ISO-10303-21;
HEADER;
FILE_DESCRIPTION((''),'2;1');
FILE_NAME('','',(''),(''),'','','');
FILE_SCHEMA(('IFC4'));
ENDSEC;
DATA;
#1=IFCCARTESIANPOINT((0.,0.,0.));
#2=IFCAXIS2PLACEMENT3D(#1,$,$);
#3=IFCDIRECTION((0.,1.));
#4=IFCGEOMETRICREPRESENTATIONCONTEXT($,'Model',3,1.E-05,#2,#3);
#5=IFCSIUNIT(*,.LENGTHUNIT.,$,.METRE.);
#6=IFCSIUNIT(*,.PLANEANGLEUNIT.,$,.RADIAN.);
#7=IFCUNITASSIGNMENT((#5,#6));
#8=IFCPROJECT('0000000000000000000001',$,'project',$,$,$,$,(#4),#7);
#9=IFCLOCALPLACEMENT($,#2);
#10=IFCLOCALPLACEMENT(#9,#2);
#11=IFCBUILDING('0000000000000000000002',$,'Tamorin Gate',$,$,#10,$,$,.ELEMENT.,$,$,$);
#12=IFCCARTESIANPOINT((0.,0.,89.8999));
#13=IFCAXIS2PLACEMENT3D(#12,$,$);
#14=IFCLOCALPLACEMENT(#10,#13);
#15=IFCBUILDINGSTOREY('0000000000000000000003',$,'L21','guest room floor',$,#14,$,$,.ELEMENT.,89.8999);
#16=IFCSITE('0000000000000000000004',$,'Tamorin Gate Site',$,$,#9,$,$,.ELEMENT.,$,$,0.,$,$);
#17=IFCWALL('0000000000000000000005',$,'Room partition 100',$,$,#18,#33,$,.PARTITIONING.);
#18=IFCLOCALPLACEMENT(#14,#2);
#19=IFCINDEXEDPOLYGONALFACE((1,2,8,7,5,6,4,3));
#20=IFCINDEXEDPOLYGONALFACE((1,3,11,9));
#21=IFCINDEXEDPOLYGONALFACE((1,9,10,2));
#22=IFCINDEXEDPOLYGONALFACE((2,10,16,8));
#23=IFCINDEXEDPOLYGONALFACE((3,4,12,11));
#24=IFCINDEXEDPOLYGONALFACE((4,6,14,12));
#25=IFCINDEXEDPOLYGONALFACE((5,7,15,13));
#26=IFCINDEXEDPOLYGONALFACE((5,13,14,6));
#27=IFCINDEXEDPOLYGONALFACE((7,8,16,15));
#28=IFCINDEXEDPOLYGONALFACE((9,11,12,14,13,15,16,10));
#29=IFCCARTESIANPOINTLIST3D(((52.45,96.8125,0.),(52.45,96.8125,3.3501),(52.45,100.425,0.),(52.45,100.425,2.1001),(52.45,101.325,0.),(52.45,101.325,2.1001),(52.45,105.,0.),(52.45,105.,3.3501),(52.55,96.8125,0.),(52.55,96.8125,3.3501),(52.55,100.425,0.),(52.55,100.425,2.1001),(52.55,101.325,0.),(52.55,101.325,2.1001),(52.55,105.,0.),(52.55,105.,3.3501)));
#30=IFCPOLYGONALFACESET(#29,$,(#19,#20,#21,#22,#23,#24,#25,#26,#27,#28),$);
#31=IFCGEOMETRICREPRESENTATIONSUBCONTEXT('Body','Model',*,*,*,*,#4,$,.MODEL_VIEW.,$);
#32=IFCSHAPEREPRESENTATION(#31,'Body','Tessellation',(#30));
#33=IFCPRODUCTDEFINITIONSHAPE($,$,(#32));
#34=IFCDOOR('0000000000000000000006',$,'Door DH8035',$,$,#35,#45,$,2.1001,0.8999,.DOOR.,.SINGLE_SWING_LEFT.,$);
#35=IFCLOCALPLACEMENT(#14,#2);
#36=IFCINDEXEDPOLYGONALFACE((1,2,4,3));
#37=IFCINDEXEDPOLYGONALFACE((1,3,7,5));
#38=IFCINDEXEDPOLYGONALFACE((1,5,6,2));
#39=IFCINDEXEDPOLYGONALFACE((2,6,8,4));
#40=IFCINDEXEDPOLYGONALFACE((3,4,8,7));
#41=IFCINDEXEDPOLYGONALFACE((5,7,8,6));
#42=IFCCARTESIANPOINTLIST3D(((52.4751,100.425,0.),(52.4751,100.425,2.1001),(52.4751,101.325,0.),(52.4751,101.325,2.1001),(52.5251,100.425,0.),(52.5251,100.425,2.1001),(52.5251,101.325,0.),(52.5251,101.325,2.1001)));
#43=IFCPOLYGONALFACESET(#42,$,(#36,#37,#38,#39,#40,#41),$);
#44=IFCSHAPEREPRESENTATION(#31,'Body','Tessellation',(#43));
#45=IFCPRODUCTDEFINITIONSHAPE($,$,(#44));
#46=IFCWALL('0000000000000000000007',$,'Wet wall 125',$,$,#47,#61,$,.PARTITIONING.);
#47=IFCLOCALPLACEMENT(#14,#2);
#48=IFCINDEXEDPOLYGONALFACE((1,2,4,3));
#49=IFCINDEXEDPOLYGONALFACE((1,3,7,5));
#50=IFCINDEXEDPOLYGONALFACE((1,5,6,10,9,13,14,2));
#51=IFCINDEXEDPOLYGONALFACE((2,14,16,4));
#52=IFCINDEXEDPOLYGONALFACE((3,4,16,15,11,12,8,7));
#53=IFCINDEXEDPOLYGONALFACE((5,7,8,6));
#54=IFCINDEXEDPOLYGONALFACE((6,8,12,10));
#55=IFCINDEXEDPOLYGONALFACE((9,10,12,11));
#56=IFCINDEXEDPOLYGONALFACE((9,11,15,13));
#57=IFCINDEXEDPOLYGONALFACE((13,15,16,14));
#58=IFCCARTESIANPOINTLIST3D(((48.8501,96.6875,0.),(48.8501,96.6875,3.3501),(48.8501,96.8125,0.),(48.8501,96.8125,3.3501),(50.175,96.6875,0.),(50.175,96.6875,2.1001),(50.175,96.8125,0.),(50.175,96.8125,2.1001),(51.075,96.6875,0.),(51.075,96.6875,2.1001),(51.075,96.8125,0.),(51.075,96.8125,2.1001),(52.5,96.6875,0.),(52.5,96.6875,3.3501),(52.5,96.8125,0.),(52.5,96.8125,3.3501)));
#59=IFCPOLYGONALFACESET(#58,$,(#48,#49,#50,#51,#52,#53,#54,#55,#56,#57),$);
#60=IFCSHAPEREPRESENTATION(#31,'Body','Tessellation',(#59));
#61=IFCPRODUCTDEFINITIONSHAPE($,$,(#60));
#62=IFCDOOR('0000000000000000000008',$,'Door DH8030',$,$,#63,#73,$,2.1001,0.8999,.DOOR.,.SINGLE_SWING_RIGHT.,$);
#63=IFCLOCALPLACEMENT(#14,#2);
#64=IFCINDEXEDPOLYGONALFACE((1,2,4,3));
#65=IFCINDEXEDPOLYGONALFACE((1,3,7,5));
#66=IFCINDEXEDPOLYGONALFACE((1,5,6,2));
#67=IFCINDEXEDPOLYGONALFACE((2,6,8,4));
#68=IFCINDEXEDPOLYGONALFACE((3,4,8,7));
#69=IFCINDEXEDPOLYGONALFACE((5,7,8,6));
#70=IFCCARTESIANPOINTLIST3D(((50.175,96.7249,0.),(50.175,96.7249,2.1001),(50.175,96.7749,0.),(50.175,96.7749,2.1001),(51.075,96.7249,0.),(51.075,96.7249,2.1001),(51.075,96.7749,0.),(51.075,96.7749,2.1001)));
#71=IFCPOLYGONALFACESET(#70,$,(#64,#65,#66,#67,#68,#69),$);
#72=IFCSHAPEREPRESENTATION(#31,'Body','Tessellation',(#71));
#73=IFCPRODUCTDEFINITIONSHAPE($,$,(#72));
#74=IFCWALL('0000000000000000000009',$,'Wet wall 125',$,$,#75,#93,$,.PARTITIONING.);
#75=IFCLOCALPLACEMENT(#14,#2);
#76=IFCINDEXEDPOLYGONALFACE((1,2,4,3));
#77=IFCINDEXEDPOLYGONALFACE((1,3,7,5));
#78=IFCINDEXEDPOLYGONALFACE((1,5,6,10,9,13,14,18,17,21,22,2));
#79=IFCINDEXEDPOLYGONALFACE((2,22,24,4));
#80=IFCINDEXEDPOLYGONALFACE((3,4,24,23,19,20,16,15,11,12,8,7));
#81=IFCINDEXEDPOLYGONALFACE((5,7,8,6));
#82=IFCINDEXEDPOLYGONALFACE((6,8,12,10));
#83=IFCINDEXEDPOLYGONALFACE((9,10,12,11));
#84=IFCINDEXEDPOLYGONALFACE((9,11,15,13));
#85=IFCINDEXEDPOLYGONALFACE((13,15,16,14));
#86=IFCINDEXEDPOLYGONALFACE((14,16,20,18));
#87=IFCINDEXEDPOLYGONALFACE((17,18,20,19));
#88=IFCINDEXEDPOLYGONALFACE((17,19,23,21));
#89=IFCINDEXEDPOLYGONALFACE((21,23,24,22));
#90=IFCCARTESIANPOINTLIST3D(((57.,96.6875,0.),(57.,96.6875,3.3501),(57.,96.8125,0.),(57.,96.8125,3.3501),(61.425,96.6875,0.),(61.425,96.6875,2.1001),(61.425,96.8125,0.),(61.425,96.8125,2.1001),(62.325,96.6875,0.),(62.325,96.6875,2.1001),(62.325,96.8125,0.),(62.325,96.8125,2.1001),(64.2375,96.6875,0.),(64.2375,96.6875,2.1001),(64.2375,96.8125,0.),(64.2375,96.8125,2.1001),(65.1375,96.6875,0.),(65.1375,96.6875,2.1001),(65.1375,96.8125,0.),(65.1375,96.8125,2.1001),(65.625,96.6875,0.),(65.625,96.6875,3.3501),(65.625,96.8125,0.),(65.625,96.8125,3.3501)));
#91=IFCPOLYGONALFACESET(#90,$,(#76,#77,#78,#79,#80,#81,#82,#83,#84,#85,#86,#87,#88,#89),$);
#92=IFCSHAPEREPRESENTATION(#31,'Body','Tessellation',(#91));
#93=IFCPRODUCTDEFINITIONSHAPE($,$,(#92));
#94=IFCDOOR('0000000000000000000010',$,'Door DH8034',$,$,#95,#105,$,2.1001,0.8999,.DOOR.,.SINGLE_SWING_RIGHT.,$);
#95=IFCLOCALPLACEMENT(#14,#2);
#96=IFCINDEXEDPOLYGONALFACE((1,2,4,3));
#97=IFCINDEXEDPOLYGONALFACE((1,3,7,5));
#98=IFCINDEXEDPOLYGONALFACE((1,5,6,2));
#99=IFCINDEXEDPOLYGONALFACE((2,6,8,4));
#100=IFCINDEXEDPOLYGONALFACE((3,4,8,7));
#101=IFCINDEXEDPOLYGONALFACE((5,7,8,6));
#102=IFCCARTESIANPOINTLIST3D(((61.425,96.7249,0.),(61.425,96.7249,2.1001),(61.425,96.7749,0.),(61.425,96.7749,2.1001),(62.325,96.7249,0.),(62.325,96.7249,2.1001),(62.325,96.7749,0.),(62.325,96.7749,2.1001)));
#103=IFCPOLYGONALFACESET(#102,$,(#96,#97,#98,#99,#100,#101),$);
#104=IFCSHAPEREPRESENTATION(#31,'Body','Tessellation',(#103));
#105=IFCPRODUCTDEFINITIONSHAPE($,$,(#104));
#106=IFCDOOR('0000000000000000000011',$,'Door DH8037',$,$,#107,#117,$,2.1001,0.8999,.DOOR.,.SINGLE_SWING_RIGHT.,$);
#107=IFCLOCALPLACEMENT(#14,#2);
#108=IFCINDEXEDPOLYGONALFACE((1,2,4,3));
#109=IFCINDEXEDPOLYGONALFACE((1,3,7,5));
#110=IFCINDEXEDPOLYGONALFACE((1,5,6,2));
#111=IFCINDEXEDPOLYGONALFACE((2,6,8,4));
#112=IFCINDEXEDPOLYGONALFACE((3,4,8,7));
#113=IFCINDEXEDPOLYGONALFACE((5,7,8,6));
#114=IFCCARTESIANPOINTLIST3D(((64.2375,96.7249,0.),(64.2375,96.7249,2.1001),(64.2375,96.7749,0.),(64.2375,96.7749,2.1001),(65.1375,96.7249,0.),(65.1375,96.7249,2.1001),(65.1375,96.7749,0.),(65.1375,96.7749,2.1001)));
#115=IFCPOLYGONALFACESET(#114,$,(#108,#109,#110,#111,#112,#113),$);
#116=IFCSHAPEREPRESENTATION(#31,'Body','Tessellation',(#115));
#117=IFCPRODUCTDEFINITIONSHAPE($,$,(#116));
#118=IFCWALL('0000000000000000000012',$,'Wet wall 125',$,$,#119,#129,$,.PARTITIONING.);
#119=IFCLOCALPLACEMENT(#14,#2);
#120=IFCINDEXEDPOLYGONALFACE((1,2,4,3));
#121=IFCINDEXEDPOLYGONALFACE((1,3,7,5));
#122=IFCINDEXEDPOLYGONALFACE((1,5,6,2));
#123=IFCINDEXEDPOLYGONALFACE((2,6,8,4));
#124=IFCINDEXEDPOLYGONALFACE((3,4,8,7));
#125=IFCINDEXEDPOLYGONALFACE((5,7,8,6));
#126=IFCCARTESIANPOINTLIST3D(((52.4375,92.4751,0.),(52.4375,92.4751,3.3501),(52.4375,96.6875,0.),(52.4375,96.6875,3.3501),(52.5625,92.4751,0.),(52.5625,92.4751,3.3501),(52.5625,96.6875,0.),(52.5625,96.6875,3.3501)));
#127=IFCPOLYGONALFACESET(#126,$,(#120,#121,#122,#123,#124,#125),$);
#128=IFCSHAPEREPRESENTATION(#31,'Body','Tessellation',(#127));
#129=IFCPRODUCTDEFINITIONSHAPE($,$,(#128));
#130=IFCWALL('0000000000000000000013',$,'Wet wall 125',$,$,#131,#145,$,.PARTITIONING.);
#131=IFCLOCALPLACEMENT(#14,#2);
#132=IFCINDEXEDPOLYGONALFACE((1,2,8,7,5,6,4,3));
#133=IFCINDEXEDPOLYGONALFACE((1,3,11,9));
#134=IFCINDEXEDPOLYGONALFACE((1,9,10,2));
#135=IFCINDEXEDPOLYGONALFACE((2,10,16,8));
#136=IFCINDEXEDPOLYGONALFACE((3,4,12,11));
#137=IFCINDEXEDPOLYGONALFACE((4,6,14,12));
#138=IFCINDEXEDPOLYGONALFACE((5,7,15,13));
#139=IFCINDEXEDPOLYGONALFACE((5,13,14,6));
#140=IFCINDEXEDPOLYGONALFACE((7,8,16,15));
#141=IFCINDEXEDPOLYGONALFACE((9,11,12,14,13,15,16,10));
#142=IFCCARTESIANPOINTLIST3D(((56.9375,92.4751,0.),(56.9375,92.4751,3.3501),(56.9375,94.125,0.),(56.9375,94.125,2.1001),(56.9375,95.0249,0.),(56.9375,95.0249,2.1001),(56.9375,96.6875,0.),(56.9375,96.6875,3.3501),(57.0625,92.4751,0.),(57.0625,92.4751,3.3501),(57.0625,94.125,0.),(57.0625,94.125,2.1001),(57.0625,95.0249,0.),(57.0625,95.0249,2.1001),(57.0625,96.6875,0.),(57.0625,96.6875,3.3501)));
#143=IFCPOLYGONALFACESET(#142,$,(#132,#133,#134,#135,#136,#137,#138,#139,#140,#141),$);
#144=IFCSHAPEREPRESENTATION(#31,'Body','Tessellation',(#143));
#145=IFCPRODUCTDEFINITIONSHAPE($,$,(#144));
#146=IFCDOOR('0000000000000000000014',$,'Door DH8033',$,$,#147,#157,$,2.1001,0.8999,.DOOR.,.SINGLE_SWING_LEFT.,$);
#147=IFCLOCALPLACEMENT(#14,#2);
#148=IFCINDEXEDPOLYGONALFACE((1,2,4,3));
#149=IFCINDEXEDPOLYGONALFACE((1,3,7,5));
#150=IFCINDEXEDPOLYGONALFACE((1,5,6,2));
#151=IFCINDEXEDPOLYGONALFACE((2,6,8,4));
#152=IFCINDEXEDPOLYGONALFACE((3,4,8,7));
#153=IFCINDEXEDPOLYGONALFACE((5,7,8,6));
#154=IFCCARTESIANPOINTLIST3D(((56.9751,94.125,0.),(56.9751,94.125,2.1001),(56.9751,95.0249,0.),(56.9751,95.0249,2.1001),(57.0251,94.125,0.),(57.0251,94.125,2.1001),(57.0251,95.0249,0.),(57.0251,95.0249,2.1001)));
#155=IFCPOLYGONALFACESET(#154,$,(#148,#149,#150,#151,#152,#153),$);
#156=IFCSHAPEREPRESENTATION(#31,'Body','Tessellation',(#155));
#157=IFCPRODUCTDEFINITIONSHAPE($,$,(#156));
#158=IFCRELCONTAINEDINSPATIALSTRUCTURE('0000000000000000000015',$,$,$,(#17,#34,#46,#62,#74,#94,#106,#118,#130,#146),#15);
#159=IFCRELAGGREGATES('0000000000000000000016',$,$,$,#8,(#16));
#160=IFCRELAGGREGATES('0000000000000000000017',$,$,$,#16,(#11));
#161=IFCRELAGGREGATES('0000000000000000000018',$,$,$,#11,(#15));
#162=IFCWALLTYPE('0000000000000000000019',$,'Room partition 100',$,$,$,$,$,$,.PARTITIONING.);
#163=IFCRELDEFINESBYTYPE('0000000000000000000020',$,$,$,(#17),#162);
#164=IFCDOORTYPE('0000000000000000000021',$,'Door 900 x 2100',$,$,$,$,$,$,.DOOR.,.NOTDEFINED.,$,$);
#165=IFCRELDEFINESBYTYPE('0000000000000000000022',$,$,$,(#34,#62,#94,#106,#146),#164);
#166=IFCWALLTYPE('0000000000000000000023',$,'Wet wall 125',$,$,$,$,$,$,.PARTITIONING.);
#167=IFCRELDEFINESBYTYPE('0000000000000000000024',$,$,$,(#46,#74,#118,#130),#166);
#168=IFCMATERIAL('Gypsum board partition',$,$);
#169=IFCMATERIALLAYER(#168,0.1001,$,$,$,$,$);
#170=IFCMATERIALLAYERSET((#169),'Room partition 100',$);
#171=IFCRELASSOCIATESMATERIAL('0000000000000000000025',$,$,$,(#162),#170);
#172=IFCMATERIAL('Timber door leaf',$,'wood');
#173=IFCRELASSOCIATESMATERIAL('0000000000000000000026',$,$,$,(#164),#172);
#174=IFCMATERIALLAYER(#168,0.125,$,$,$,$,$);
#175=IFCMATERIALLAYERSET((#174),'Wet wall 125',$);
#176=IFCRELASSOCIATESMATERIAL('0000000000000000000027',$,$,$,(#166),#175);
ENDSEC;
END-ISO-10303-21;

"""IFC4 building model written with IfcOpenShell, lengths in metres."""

from ifc_helpers import new_model, si_unit, direction, frame, frame_2d, origin, place, context, subcontext, project, spatial, rectangle, extrude, material, layer, layer_set, type_object, element, fill, save


model = new_model("IFC4")

# Units and contexts
model_context = context("Model", 3, precision=1e-05, world=origin(), true_north=direction((0.0, 1.0)))
body_context = subcontext(model_context, "Body", "Model", "MODEL_VIEW")
ifc_project = project(units=[si_unit("LENGTHUNIT", "METRE"), si_unit("PLANEANGLEUNIT", "RADIAN")], contexts=[model_context])

# Site, building, storey
site_placement = place(None, origin())
site = spatial("IfcSite", under=ifc_project, at=site_placement, Name="Tamorin Gate Site", CompositionType="ELEMENT", RefElevation=0.0)
building_placement = place(site_placement, origin())
building = spatial("IfcBuilding", under=site, at=building_placement, Name="Tamorin Gate", CompositionType="ELEMENT")
storey_placement = place(building_placement, frame((0.0, 0.0, 89.8999)))
storey = spatial("IfcBuildingStorey", under=building, at=storey_placement, Name="L21", Description="guest room floor", CompositionType="ELEMENT", Elevation=89.8999)

# Shared definitions
ifc_material_1 = material(Name="Gypsum board partition")

# Walls, openings, doors
ifc_layer_1 = layer(ifc_material_1, 0.1001)
ifc_layer_set_1 = layer_set([ifc_layer_1], Name="Room partition 100")
wall_type_1 = type_object("IfcWallType", Name="Room partition 100", PredefinedType="PARTITIONING", material=ifc_layer_set_1)
ifc_material_2 = material(Name="Timber door leaf", Category="wood")
door_type = type_object("IfcDoorType", Name="Door 900 x 2100", OperationType="NOTDEFINED", PredefinedType="DOOR", material=ifc_material_2)
wall_1_placement = place(storey_placement, frame((52.5, 96.8125, 0.0), z_axis=(0.0, 0.0, 1.0), x_axis=(0.0, 1.0, 0.0)))
wall_1 = element("IfcWall", 1, at=wall_1_placement, inside=storey, type_object=wall_type_1, Name="Room partition 100", PredefinedType="PARTITIONING", context=body_context, shape_type="SweptSolid", body=[
    extrude(rectangle(XDim=8.1875, YDim=0.1001, at=frame_2d((4.0938, 0.0))), origin(), (0.0, 0.0, 1.0), 3.3501),
])
opening_1_placement = place(wall_1_placement, frame((3.6125, 0.0, 0.0)))
opening_1 = element("IfcOpeningElement", 2, at=opening_1_placement, cuts=wall_1, PredefinedType="OPENING", context=body_context, shape_type="SweptSolid", body=[
    extrude(rectangle(XDim=0.8999, YDim=2.1001, at=frame_2d((0.45, 1.05))), frame((0.0, 0.0601, 0.0), z_axis=(0.0, -1.0, 0.0), x_axis=(1.0, 0.0, 0.0)), (0.0, 0.0, 1.0), 0.1201),
])
door_1_placement = place(opening_1_placement, origin())
door_1 = element("IfcDoor", 3, at=door_1_placement, inside=storey, type_object=door_type, Name="Door DH8035", OperationType="SINGLE_SWING_LEFT", OverallHeight=2.1001, OverallWidth=0.8999, PredefinedType="DOOR", context=body_context, shape_type="SweptSolid", body=[
    extrude(rectangle(XDim=0.8999, YDim=2.1001, at=frame_2d((0.45, 1.05))), frame((0.0, 0.0249, 0.0), z_axis=(0.0, -1.0, 0.0), x_axis=(1.0, 0.0, 0.0)), (0.0, 0.0, 1.0), 0.05),
])
fill(opening_1, door_1)
ifc_layer_2 = layer(ifc_material_1, 0.125)
ifc_layer_set_2 = layer_set([ifc_layer_2], Name="Wet wall 125")
wall_type_2 = type_object("IfcWallType", Name="Wet wall 125", PredefinedType="PARTITIONING", material=ifc_layer_set_2)
wall_2_placement = place(storey_placement, frame((48.8501, 96.75, 0.0), z_axis=(0.0, 0.0, 1.0), x_axis=(1.0, 0.0, 0.0)))
wall_2 = element("IfcWall", 4, at=wall_2_placement, inside=storey, type_object=wall_type_2, Name="Wet wall 125", PredefinedType="PARTITIONING", context=body_context, shape_type="SweptSolid", body=[
    extrude(rectangle(XDim=3.6499, YDim=0.125, at=frame_2d((1.825, 0.0))), origin(), (0.0, 0.0, 1.0), 3.3501),
])
opening_2_placement = place(wall_2_placement, frame((1.325, 0.0, 0.0)))
opening_2 = element("IfcOpeningElement", 5, at=opening_2_placement, cuts=wall_2, PredefinedType="OPENING", context=body_context, shape_type="SweptSolid", body=[
    extrude(rectangle(XDim=0.8999, YDim=2.1001, at=frame_2d((0.45, 1.05))), frame((0.0, 0.0725, 0.0), z_axis=(0.0, -1.0, 0.0), x_axis=(1.0, 0.0, 0.0)), (0.0, 0.0, 1.0), 0.145),
])
door_2_placement = place(opening_2_placement, origin())
door_2 = element("IfcDoor", 6, at=door_2_placement, inside=storey, type_object=door_type, Name="Door DH8030", OperationType="SINGLE_SWING_RIGHT", OverallHeight=2.1001, OverallWidth=0.8999, PredefinedType="DOOR", context=body_context, shape_type="SweptSolid", body=[
    extrude(rectangle(XDim=0.8999, YDim=2.1001, at=frame_2d((0.45, 1.05))), frame((0.0, 0.0249, 0.0), z_axis=(0.0, -1.0, 0.0), x_axis=(1.0, 0.0, 0.0)), (0.0, 0.0, 1.0), 0.05),
])
fill(opening_2, door_2)

# Wall, openings, doors
wall_3_placement = place(storey_placement, frame((57.0, 96.75, 0.0), z_axis=(0.0, 0.0, 1.0), x_axis=(1.0, 0.0, 0.0)))
wall_3 = element("IfcWall", 7, at=wall_3_placement, inside=storey, type_object=wall_type_2, Name="Wet wall 125", PredefinedType="PARTITIONING", context=body_context, shape_type="SweptSolid", body=[
    extrude(rectangle(XDim=8.625, YDim=0.125, at=frame_2d((4.3125, 0.0))), origin(), (0.0, 0.0, 1.0), 3.3501),
])
opening_3_placement = place(wall_3_placement, frame((4.425, 0.0, 0.0)))
opening_3 = element("IfcOpeningElement", 8, at=opening_3_placement, cuts=wall_3, PredefinedType="OPENING", context=body_context, shape_type="SweptSolid", body=[
    extrude(rectangle(XDim=0.8999, YDim=2.1001, at=frame_2d((0.45, 1.05))), frame((0.0, 0.0725, 0.0), z_axis=(0.0, -1.0, 0.0), x_axis=(1.0, 0.0, 0.0)), (0.0, 0.0, 1.0), 0.145),
])
opening_4_placement = place(wall_3_placement, frame((7.2375, 0.0, 0.0)))
opening_4 = element("IfcOpeningElement", 9, at=opening_4_placement, cuts=wall_3, PredefinedType="OPENING", context=body_context, shape_type="SweptSolid", body=[
    extrude(rectangle(XDim=0.8999, YDim=2.1001, at=frame_2d((0.45, 1.05))), frame((0.0, 0.0725, 0.0), z_axis=(0.0, -1.0, 0.0), x_axis=(1.0, 0.0, 0.0)), (0.0, 0.0, 1.0), 0.145),
])
door_3_placement = place(opening_3_placement, origin())
door_3 = element("IfcDoor", 10, at=door_3_placement, inside=storey, type_object=door_type, Name="Door DH8034", OperationType="SINGLE_SWING_RIGHT", OverallHeight=2.1001, OverallWidth=0.8999, PredefinedType="DOOR", context=body_context, shape_type="SweptSolid", body=[
    extrude(rectangle(XDim=0.8999, YDim=2.1001, at=frame_2d((0.45, 1.05))), frame((0.0, 0.0249, 0.0), z_axis=(0.0, -1.0, 0.0), x_axis=(1.0, 0.0, 0.0)), (0.0, 0.0, 1.0), 0.05),
])
fill(opening_3, door_3)
door_4_placement = place(opening_4_placement, origin())
door_4 = element("IfcDoor", 11, at=door_4_placement, inside=storey, type_object=door_type, Name="Door DH8037", OperationType="SINGLE_SWING_RIGHT", OverallHeight=2.1001, OverallWidth=0.8999, PredefinedType="DOOR", context=body_context, shape_type="SweptSolid", body=[
    extrude(rectangle(XDim=0.8999, YDim=2.1001, at=frame_2d((0.45, 1.05))), frame((0.0, 0.0249, 0.0), z_axis=(0.0, -1.0, 0.0), x_axis=(1.0, 0.0, 0.0)), (0.0, 0.0, 1.0), 0.05),
])
fill(opening_4, door_4)

# Wall
wall_4_placement = place(storey_placement, frame((52.5, 92.4751, 0.0), z_axis=(0.0, 0.0, 1.0), x_axis=(0.0, 1.0, 0.0)))
element("IfcWall", 12, at=wall_4_placement, inside=storey, type_object=wall_type_2, Name="Wet wall 125", PredefinedType="PARTITIONING", context=body_context, shape_type="SweptSolid", body=[
    extrude(rectangle(XDim=4.2124, YDim=0.125, at=frame_2d((2.1062, 0.0))), origin(), (0.0, 0.0, 1.0), 3.3501),
])

# Wall, opening, door
wall_5_placement = place(storey_placement, frame((57.0, 92.4751, 0.0), z_axis=(0.0, 0.0, 1.0), x_axis=(0.0, 1.0, 0.0)))
wall_5 = element("IfcWall", 13, at=wall_5_placement, inside=storey, type_object=wall_type_2, Name="Wet wall 125", PredefinedType="PARTITIONING", context=body_context, shape_type="SweptSolid", body=[
    extrude(rectangle(XDim=4.2124, YDim=0.125, at=frame_2d((2.1062, 0.0))), origin(), (0.0, 0.0, 1.0), 3.3501),
])
opening_5_placement = place(wall_5_placement, frame((1.6499, 0.0, 0.0)))
opening_5 = element("IfcOpeningElement", 14, at=opening_5_placement, cuts=wall_5, PredefinedType="OPENING", context=body_context, shape_type="SweptSolid", body=[
    extrude(rectangle(XDim=0.8999, YDim=2.1001, at=frame_2d((0.45, 1.05))), frame((0.0, 0.0725, 0.0), z_axis=(0.0, -1.0, 0.0), x_axis=(1.0, 0.0, 0.0)), (0.0, 0.0, 1.0), 0.145),
])
door_5_placement = place(opening_5_placement, origin())
door_5 = element("IfcDoor", 15, at=door_5_placement, inside=storey, type_object=door_type, Name="Door DH8033", OperationType="SINGLE_SWING_LEFT", OverallHeight=2.1001, OverallWidth=0.8999, PredefinedType="DOOR", context=body_context, shape_type="SweptSolid", body=[
    extrude(rectangle(XDim=0.8999, YDim=2.1001, at=frame_2d((0.45, 1.05))), frame((0.0, 0.0249, 0.0), z_axis=(0.0, -1.0, 0.0), x_axis=(1.0, 0.0, 0.0)), (0.0, 0.0, 1.0), 0.05),
])
fill(opening_5, door_5)

save(model, "model.ifc")
